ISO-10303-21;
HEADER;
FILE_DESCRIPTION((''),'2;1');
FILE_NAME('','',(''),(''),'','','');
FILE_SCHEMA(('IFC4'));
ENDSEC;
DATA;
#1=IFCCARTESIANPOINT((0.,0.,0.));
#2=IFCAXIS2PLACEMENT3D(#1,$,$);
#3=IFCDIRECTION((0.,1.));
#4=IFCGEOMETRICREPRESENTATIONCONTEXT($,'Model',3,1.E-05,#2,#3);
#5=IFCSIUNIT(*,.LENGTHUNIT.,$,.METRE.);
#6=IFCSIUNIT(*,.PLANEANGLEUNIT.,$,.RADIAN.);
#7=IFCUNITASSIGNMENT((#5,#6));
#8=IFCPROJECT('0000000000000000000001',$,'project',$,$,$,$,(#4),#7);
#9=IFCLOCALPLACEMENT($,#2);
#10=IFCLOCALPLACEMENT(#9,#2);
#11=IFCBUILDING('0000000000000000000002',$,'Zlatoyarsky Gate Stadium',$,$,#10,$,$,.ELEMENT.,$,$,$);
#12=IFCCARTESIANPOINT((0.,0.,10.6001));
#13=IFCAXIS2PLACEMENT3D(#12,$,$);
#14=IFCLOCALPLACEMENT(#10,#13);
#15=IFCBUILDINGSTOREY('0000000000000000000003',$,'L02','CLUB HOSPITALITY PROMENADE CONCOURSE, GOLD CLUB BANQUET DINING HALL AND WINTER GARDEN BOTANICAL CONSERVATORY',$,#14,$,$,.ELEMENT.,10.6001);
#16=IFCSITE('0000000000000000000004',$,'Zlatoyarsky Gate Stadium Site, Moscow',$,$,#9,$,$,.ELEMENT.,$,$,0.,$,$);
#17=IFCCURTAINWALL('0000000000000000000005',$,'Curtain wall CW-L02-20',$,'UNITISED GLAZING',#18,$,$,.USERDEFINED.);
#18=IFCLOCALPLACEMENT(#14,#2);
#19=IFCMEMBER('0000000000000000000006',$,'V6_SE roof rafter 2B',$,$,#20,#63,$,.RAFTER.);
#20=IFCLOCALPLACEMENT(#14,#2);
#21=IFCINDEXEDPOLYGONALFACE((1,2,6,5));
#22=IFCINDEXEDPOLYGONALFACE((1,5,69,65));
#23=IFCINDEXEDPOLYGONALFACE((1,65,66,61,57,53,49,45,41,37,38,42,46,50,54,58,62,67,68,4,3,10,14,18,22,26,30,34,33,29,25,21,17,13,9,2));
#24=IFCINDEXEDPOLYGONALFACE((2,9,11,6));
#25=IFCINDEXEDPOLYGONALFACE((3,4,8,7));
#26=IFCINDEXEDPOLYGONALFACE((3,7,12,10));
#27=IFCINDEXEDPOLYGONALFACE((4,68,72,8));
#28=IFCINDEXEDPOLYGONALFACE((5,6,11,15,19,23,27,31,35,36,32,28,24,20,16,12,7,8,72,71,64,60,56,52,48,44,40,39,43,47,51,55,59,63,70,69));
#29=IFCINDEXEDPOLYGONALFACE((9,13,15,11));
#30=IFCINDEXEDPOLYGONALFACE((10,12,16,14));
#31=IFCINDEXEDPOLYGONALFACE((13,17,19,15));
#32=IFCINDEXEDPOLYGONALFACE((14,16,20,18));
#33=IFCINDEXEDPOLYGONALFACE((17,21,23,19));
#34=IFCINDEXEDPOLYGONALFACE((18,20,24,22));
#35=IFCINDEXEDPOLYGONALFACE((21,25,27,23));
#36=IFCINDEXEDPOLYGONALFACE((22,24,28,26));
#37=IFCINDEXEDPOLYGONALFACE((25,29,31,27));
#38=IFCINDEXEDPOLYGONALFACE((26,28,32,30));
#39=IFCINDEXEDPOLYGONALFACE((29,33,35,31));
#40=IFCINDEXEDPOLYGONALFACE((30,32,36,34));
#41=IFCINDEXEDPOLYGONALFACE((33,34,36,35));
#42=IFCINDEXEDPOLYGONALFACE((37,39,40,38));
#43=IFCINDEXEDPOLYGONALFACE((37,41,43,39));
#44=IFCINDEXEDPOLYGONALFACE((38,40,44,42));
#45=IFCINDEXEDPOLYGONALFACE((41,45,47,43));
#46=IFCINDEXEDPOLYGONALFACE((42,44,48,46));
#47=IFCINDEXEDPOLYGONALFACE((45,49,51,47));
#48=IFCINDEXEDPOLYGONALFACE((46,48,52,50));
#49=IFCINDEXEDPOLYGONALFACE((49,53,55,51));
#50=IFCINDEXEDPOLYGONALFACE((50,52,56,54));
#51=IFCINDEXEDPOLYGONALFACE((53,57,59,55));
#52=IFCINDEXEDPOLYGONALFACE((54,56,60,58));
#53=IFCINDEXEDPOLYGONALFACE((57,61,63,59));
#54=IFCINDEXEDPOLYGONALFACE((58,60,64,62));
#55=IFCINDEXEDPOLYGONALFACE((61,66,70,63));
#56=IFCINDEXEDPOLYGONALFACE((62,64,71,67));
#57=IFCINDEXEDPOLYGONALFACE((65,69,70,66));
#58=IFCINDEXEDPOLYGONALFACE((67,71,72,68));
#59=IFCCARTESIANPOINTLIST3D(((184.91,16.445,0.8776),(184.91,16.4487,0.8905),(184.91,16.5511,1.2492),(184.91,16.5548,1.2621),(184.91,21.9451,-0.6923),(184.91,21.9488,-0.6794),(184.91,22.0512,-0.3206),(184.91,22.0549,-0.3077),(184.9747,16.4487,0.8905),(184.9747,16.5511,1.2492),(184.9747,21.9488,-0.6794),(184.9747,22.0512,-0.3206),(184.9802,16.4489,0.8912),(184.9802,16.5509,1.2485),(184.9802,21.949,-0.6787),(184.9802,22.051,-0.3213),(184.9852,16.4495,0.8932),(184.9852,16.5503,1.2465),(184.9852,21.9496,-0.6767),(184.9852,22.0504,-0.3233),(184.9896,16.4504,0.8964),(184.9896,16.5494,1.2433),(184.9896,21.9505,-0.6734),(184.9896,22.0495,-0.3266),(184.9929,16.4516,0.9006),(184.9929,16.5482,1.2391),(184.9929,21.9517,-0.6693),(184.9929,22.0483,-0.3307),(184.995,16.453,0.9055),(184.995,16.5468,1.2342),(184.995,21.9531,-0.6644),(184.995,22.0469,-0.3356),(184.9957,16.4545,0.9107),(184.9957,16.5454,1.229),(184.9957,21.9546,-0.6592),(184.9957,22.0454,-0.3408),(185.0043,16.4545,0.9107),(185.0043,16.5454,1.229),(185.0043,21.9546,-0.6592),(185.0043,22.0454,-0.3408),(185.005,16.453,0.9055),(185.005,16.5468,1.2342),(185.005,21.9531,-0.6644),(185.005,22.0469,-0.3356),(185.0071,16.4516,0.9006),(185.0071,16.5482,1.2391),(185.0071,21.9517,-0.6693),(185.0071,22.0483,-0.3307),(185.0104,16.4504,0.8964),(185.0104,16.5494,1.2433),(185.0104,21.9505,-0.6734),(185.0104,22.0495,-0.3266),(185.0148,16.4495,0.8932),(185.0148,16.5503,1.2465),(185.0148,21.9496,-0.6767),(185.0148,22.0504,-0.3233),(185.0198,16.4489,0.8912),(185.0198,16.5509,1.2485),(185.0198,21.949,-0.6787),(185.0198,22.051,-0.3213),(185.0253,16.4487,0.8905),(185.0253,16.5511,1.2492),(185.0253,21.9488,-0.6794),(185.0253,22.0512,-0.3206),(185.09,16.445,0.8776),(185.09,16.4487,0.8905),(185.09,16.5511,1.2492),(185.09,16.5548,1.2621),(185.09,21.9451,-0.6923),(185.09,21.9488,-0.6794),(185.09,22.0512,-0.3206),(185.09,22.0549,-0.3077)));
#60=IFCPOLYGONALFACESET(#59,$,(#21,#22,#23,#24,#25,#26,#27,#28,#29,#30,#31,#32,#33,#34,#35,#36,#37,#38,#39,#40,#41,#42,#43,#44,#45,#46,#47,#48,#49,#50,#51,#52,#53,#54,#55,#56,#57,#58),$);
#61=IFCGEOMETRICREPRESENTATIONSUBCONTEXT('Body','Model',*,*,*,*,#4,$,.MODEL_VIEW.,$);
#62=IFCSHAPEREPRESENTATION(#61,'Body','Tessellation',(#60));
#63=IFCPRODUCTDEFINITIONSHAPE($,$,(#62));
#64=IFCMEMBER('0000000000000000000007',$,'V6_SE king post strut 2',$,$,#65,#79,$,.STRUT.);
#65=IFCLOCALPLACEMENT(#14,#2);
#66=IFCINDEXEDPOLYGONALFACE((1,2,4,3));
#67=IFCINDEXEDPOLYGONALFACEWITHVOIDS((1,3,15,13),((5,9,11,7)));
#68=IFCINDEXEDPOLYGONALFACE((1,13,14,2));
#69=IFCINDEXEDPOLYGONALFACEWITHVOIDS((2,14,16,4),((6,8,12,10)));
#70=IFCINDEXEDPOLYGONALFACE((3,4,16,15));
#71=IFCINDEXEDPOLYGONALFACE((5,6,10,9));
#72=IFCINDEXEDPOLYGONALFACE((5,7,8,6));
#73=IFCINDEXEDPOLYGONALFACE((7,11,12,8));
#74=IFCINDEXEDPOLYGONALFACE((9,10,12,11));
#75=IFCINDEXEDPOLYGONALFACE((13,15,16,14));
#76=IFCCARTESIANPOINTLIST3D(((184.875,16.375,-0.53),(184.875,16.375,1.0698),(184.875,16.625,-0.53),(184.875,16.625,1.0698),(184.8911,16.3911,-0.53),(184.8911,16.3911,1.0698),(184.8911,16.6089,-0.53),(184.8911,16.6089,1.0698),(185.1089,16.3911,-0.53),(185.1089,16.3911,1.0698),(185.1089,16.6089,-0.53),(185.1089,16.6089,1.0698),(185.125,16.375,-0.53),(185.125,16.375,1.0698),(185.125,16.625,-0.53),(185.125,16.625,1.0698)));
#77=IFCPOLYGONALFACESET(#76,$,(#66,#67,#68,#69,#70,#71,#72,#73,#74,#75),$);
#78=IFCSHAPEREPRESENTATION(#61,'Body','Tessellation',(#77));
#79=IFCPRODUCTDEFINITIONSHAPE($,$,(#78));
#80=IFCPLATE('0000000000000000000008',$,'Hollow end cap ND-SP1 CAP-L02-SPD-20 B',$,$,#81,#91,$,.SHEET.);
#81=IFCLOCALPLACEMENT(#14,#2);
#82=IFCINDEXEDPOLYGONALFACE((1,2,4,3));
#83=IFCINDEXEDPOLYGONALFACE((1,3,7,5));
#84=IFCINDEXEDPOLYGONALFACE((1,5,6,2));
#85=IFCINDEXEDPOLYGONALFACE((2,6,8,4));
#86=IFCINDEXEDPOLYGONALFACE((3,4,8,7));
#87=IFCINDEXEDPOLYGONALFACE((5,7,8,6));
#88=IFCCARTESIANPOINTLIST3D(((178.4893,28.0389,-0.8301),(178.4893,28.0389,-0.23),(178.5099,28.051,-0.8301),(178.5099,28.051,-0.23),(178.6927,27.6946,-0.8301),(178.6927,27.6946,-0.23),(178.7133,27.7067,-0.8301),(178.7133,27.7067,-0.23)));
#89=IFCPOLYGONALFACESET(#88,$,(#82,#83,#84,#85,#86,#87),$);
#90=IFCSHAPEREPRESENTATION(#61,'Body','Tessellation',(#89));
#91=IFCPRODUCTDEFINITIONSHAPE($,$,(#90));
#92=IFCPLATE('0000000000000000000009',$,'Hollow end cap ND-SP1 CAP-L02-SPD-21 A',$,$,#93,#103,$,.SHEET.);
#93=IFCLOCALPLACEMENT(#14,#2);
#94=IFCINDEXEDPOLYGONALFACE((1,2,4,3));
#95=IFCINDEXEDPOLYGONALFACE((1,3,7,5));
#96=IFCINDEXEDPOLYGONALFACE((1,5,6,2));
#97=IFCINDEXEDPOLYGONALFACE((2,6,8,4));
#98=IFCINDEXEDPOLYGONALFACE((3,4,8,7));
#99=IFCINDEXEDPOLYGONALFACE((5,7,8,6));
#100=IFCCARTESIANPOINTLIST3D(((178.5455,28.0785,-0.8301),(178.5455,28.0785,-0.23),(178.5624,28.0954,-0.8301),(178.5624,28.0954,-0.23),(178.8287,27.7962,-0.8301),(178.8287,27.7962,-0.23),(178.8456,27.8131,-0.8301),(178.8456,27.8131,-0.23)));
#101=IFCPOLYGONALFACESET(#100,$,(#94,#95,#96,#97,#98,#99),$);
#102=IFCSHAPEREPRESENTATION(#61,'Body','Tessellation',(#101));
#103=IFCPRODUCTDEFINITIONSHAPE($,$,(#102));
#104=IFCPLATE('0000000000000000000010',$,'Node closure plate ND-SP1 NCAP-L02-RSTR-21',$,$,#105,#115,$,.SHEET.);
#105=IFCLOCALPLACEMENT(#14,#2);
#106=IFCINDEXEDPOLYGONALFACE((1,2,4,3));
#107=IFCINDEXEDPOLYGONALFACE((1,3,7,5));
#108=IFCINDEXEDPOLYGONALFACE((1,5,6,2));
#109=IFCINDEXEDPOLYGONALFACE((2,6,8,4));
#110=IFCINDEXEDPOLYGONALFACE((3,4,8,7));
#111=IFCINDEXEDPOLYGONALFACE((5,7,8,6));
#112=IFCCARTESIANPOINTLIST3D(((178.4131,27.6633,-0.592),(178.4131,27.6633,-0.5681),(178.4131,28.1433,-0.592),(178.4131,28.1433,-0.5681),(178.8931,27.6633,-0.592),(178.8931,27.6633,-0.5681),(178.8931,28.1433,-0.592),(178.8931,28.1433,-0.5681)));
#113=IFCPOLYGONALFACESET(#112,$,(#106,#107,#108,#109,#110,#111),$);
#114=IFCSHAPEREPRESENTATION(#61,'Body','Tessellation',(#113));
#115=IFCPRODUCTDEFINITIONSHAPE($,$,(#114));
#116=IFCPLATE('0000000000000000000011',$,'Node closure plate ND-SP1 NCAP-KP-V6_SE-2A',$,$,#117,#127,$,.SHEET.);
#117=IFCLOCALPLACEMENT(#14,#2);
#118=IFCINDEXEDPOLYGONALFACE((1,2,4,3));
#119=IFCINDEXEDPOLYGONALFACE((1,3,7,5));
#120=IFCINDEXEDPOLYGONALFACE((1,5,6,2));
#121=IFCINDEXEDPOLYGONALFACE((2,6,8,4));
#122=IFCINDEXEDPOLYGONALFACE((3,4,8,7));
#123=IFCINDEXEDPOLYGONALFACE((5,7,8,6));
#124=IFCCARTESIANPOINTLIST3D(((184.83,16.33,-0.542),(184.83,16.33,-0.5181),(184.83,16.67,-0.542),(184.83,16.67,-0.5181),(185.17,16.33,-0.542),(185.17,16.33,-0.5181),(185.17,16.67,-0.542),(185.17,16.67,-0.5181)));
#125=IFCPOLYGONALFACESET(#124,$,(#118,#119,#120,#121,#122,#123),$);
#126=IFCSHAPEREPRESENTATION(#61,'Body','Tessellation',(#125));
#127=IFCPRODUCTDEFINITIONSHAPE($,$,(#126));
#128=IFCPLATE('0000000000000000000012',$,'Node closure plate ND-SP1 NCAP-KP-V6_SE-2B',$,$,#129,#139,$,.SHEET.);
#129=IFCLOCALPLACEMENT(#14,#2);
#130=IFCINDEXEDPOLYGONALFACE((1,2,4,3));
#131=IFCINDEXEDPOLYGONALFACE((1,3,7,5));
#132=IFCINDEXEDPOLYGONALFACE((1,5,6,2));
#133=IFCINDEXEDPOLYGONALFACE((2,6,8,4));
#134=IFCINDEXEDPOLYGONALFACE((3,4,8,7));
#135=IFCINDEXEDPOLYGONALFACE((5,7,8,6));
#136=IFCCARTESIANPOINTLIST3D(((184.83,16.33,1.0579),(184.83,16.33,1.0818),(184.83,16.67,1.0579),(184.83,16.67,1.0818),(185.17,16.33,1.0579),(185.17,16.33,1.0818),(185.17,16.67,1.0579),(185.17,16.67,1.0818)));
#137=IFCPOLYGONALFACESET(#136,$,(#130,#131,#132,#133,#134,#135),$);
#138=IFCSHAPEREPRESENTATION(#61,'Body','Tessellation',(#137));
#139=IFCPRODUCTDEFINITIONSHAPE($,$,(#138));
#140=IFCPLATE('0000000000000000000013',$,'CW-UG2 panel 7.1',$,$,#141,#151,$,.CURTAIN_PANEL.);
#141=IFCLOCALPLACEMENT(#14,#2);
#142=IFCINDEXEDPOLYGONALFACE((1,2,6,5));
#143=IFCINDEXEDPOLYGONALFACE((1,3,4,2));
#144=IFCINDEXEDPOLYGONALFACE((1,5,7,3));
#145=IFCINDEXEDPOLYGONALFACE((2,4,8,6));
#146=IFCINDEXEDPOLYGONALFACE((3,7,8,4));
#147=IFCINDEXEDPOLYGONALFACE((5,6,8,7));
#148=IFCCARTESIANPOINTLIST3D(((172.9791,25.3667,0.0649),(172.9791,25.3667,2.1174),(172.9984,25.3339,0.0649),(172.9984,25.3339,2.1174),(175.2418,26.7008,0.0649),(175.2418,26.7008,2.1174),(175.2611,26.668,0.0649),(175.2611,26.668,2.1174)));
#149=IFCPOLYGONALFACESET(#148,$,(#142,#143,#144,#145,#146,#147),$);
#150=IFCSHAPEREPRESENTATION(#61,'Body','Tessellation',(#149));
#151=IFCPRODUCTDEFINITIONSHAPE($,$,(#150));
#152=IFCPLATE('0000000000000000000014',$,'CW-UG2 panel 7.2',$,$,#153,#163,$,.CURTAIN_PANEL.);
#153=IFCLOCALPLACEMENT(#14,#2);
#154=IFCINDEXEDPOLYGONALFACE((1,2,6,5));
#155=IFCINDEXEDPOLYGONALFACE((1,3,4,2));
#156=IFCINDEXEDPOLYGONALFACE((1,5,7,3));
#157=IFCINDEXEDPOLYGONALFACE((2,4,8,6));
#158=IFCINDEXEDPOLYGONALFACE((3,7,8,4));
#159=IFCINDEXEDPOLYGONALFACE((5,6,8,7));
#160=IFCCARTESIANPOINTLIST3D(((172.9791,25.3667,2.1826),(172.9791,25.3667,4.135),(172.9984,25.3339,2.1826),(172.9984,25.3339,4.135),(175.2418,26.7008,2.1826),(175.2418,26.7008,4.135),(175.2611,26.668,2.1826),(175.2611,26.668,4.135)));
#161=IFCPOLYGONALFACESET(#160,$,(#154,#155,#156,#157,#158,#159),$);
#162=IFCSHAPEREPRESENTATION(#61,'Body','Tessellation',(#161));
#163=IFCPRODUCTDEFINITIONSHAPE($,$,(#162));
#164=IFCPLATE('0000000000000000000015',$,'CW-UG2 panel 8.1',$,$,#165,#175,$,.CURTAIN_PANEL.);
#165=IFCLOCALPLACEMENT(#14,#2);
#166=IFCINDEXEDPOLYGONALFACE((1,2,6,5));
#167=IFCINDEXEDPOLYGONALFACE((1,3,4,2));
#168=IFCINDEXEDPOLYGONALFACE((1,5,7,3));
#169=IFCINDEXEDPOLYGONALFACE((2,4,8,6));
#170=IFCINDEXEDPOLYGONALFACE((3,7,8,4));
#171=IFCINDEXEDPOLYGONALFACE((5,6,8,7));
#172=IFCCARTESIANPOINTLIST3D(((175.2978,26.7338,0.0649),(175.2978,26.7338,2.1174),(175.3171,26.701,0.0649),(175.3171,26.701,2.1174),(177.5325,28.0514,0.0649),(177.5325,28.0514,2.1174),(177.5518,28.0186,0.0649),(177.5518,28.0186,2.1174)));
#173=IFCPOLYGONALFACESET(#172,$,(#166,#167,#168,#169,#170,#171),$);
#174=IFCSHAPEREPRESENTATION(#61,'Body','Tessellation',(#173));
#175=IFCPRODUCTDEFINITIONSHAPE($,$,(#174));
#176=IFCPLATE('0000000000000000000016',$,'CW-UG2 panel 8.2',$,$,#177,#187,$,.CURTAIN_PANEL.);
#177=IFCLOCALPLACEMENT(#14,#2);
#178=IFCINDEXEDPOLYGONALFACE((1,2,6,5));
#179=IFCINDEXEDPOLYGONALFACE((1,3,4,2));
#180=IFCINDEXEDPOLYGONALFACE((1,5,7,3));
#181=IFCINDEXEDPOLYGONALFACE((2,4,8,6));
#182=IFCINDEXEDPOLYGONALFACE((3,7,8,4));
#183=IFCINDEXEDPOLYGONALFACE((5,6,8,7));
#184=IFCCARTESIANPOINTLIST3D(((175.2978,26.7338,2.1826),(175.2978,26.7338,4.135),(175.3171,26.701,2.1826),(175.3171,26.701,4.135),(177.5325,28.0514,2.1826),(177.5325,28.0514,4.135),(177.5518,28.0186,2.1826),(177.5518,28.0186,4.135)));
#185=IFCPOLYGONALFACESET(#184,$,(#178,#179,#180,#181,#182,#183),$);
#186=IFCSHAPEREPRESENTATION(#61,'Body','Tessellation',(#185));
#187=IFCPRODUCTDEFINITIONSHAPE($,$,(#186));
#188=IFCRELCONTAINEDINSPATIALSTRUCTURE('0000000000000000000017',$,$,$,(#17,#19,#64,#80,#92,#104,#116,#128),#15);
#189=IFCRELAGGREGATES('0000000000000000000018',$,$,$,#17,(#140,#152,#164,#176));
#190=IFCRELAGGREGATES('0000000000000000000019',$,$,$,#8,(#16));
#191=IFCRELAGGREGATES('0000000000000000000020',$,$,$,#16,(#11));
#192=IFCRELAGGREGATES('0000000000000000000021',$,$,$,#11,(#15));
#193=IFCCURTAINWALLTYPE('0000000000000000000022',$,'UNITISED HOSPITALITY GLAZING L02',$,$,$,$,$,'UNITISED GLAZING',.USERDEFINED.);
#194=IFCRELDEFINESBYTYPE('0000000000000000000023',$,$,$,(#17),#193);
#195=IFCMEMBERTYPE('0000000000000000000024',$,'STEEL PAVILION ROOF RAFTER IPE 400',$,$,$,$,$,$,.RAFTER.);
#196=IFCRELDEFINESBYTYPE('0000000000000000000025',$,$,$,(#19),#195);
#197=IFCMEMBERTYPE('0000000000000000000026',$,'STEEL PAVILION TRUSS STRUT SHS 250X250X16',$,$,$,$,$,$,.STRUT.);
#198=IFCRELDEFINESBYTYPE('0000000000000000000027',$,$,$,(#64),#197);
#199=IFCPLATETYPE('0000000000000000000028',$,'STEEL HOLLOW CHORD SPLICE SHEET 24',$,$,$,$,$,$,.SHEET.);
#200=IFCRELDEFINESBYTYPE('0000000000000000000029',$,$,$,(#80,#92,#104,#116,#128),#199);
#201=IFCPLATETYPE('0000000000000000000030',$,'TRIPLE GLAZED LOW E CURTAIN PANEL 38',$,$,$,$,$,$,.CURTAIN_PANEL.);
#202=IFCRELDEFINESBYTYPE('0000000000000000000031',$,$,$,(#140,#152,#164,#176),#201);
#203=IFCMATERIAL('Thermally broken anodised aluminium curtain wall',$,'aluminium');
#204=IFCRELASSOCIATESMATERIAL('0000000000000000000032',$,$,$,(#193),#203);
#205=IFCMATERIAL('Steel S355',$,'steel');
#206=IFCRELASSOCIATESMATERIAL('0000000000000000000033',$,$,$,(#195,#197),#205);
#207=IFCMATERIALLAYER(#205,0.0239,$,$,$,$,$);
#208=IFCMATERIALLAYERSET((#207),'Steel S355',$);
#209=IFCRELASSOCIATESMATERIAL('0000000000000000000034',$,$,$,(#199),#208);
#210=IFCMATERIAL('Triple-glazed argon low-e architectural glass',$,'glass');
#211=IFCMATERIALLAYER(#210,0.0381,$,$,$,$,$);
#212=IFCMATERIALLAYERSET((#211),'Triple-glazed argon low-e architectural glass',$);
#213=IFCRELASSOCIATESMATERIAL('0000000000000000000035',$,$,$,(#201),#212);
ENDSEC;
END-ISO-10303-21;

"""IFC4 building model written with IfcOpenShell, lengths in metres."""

from ifc_helpers import new_model, si_unit, direction, frame, origin, origin_2d, place, context, subcontext, project, spatial, rectangle, hollow_rectangle, i_section, extrude, material, layer, layer_set, material_profile, profile_set, type_object, element, aggregate, save


model = new_model("IFC4")

# Units and contexts
model_context = context("Model", 3, precision=1e-05, world=origin(), true_north=direction((0.0, 1.0)))
body_context = subcontext(model_context, "Body", "Model", "MODEL_VIEW")
ifc_project = project(units=[si_unit("LENGTHUNIT", "METRE"), si_unit("PLANEANGLEUNIT", "RADIAN")], contexts=[model_context])

# Site, building, storey
site_placement = place(None, origin())
site = spatial("IfcSite", under=ifc_project, at=site_placement, Name="Zlatoyarsky Gate Stadium Site, Moscow", CompositionType="ELEMENT", RefElevation=0.0)
building_placement = place(site_placement, origin())
building = spatial("IfcBuilding", under=site, at=building_placement, Name="Zlatoyarsky Gate Stadium", CompositionType="ELEMENT")
storey_placement = place(building_placement, frame((0.0, 0.0, 10.6001)))
storey = spatial("IfcBuildingStorey", under=building, at=storey_placement, Name="L02", Description="CLUB HOSPITALITY PROMENADE CONCOURSE, GOLD CLUB BANQUET DINING HALL AND WINTER GARDEN BOTANICAL CONSERVATORY", CompositionType="ELEMENT", Elevation=10.6001)

# Curtain wall
ifc_material_1 = material(Name="Thermally broken anodised aluminium curtain wall", Category="aluminium")
curtain_wall_type = type_object("IfcCurtainWallType", Name="UNITISED HOSPITALITY GLAZING L02", ElementType="UNITISED GLAZING", PredefinedType="USERDEFINED", material=ifc_material_1)
curtain_wall_placement = place(storey_placement, origin())
curtain_wall = element("IfcCurtainWall", 1, at=curtain_wall_placement, inside=storey, type_object=curtain_wall_type, Name="Curtain wall CW-L02-20", ObjectType="UNITISED GLAZING", PredefinedType="USERDEFINED")

# Shared definitions
ifc_material_2 = material(Name="Steel S355", Category="steel")

# Members
ifc_material_profile_1 = material_profile(ifc_material_2, i_section(OverallWidth=0.1799, OverallDepth=0.3999, WebThickness=0.0085, FlangeThickness=0.0134, FilletRadius=0.021, at=origin_2d()), Name="IPE 400")
ifc_profile_set_1 = profile_set([ifc_material_profile_1], Name="Steel S355")
member_type_1 = type_object("IfcMemberType", Name="STEEL PAVILION ROOF RAFTER IPE 400", PredefinedType="RAFTER", material=ifc_profile_set_1)
for number, where, z_axis, x_axis, name in (
    (2, (185.0, 22.0, -0.5), (0.0, -0.961598, 0.274462), (1.0, 0.0, 0.0), "V6_SE roof rafter 2B"),
):
    element("IfcMember", number, at=place(storey_placement, frame(where, z_axis=z_axis, x_axis=x_axis)), inside=storey, type_object=member_type_1, Name=name, PredefinedType="RAFTER", context=body_context, shape_type="SweptSolid", body=[
        extrude(i_section(OverallWidth=0.1799, OverallDepth=0.3999, WebThickness=0.0085, FlangeThickness=0.0134, FilletRadius=0.021, at=origin_2d()), origin(), (0.0, 0.0, 1.0), 5.7197),
    ])
ifc_material_profile_2 = material_profile(ifc_material_2, hollow_rectangle(XDim=0.25, YDim=0.25, WallThickness=0.0161, at=origin_2d()), Name="SHS 250X250X16")
ifc_profile_set_2 = profile_set([ifc_material_profile_2], Name="Steel S355")
member_type_2 = type_object("IfcMemberType", Name="STEEL PAVILION TRUSS STRUT SHS 250X250X16", PredefinedType="STRUT", material=ifc_profile_set_2)
member_1_placement = place(storey_placement, frame((185.0, 16.5, -0.53), z_axis=(0.0, 0.0, 1.0), x_axis=(1.0, 0.0, 0.0)))
element("IfcMember", 3, at=member_1_placement, inside=storey, type_object=member_type_2, Name="V6_SE king post strut 2", PredefinedType="STRUT", context=body_context, shape_type="SweptSolid", body=[
    extrude(hollow_rectangle(XDim=0.25, YDim=0.25, WallThickness=0.0161, at=origin_2d()), origin(), (0.0, 0.0, 1.0), 1.5999),
])

# Plates
ifc_layer_1 = layer(ifc_material_2, 0.0239)
ifc_layer_set_1 = layer_set([ifc_layer_1], Name="Steel S355")
plate_type_1 = type_object("IfcPlateType", Name="STEEL HOLLOW CHORD SPLICE SHEET 24", PredefinedType="SHEET", material=ifc_layer_set_1)
for number, where, z_axis, x_axis, name in (
    (4, (178.6013, 27.8728, -0.8301), (0.0, 0.0, 1.0), (0.860935, 0.508716, 0.0), "Hollow end cap ND-SP1 CAP-L02-SPD-20 B"),
    (5, (178.6956, 27.9458, -0.8301), (0.0, 0.0, 1.0), (0.705852, 0.708359, 0.0), "Hollow end cap ND-SP1 CAP-L02-SPD-21 A"),
):
    element("IfcPlate", number, at=place(storey_placement, frame(where, z_axis=z_axis, x_axis=x_axis)), inside=storey, type_object=plate_type_1, Name=name, PredefinedType="SHEET", context=body_context, shape_type="SweptSolid", body=[
        extrude(rectangle(XDim=0.0239, YDim=0.3999, at=origin_2d()), origin(), (0.0, 0.0, 1.0), 0.6001),
    ])
plate_1_placement = place(storey_placement, frame((178.6531, 27.9033, -0.592), z_axis=(0.0, 0.0, 1.0), x_axis=(1.0, 0.0, 0.0)))
element("IfcPlate", 6, at=plate_1_placement, inside=storey, type_object=plate_type_1, Name="Node closure plate ND-SP1 NCAP-L02-RSTR-21", PredefinedType="SHEET", context=body_context, shape_type="SweptSolid", body=[
    extrude(rectangle(XDim=0.48, YDim=0.48, at=origin_2d()), origin(), (0.0, 0.0, 1.0), 0.0239),
])
for number, where, z_axis, x_axis, name in (
    (7, (185.0, 16.5, -0.542), (0.0, 0.0, 1.0), (1.0, 0.0, 0.0), "Node closure plate ND-SP1 NCAP-KP-V6_SE-2A"),
    (8, (185.0, 16.5, 1.0579), (0.0, 0.0, 1.0), (1.0, 0.0, 0.0), "Node closure plate ND-SP1 NCAP-KP-V6_SE-2B"),
):
    element("IfcPlate", number, at=place(storey_placement, frame(where, z_axis=z_axis, x_axis=x_axis)), inside=storey, type_object=plate_type_1, Name=name, PredefinedType="SHEET", context=body_context, shape_type="SweptSolid", body=[
        extrude(rectangle(XDim=0.3401, YDim=0.3401, at=origin_2d()), origin(), (0.0, 0.0, 1.0), 0.0239),
    ])

# Plates
ifc_material_3 = material(Name="Triple-glazed argon low-e architectural glass", Category="glass")
ifc_layer_2 = layer(ifc_material_3, 0.0381)
ifc_layer_set_2 = layer_set([ifc_layer_2], Name="Triple-glazed argon low-e architectural glass")
plate_type_2 = type_object("IfcPlateType", Name="TRIPLE GLAZED LOW E CURTAIN PANEL 38", PredefinedType="CURTAIN_PANEL", material=ifc_layer_set_2)
plate_2_placement = place(storey_placement, frame((174.1201, 26.0173, 0.0649), z_axis=(0.0, 0.0, 1.0), x_axis=(0.861425, 0.507884, 0.0)))
plate_2 = element("IfcPlate", 9, at=plate_2_placement, type_object=plate_type_2, Name="CW-UG2 panel 7.1", PredefinedType="CURTAIN_PANEL", context=body_context, shape_type="SweptSolid", body=[
    extrude(rectangle(XDim=2.6267, YDim=0.0381, at=origin_2d()), origin(), (0.0, 0.0, 1.0), 2.0525),
])
plate_3_placement = place(storey_placement, frame((174.1201, 26.0173, 2.1826), z_axis=(0.0, 0.0, 1.0), x_axis=(0.861425, 0.507884, 0.0)))
plate_3 = element("IfcPlate", 10, at=plate_3_placement, type_object=plate_type_2, Name="CW-UG2 panel 7.2", PredefinedType="CURTAIN_PANEL", context=body_context, shape_type="SweptSolid", body=[
    extrude(rectangle(XDim=2.6267, YDim=0.0381, at=origin_2d()), origin(), (0.0, 0.0, 1.0), 1.9524),
])
plate_4_placement = place(storey_placement, frame((176.4248, 27.3762, 0.0649), z_axis=(0.0, 0.0, 1.0), x_axis=(0.861425, 0.507884, 0.0)))
plate_4 = element("IfcPlate", 11, at=plate_4_placement, type_object=plate_type_2, Name="CW-UG2 panel 8.1", PredefinedType="CURTAIN_PANEL", context=body_context, shape_type="SweptSolid", body=[
    extrude(rectangle(XDim=2.5942, YDim=0.0381, at=origin_2d()), origin(), (0.0, 0.0, 1.0), 2.0525),
])
plate_5_placement = place(storey_placement, frame((176.4248, 27.3762, 2.1826), z_axis=(0.0, 0.0, 1.0), x_axis=(0.861425, 0.507884, 0.0)))
plate_5 = element("IfcPlate", 12, at=plate_5_placement, type_object=plate_type_2, Name="CW-UG2 panel 8.2", PredefinedType="CURTAIN_PANEL", context=body_context, shape_type="SweptSolid", body=[
    extrude(rectangle(XDim=2.5942, YDim=0.0381, at=origin_2d()), origin(), (0.0, 0.0, 1.0), 1.9524),
])
aggregate(curtain_wall, [plate_2, plate_3, plate_4, plate_5])

save(model, "model.ifc")
